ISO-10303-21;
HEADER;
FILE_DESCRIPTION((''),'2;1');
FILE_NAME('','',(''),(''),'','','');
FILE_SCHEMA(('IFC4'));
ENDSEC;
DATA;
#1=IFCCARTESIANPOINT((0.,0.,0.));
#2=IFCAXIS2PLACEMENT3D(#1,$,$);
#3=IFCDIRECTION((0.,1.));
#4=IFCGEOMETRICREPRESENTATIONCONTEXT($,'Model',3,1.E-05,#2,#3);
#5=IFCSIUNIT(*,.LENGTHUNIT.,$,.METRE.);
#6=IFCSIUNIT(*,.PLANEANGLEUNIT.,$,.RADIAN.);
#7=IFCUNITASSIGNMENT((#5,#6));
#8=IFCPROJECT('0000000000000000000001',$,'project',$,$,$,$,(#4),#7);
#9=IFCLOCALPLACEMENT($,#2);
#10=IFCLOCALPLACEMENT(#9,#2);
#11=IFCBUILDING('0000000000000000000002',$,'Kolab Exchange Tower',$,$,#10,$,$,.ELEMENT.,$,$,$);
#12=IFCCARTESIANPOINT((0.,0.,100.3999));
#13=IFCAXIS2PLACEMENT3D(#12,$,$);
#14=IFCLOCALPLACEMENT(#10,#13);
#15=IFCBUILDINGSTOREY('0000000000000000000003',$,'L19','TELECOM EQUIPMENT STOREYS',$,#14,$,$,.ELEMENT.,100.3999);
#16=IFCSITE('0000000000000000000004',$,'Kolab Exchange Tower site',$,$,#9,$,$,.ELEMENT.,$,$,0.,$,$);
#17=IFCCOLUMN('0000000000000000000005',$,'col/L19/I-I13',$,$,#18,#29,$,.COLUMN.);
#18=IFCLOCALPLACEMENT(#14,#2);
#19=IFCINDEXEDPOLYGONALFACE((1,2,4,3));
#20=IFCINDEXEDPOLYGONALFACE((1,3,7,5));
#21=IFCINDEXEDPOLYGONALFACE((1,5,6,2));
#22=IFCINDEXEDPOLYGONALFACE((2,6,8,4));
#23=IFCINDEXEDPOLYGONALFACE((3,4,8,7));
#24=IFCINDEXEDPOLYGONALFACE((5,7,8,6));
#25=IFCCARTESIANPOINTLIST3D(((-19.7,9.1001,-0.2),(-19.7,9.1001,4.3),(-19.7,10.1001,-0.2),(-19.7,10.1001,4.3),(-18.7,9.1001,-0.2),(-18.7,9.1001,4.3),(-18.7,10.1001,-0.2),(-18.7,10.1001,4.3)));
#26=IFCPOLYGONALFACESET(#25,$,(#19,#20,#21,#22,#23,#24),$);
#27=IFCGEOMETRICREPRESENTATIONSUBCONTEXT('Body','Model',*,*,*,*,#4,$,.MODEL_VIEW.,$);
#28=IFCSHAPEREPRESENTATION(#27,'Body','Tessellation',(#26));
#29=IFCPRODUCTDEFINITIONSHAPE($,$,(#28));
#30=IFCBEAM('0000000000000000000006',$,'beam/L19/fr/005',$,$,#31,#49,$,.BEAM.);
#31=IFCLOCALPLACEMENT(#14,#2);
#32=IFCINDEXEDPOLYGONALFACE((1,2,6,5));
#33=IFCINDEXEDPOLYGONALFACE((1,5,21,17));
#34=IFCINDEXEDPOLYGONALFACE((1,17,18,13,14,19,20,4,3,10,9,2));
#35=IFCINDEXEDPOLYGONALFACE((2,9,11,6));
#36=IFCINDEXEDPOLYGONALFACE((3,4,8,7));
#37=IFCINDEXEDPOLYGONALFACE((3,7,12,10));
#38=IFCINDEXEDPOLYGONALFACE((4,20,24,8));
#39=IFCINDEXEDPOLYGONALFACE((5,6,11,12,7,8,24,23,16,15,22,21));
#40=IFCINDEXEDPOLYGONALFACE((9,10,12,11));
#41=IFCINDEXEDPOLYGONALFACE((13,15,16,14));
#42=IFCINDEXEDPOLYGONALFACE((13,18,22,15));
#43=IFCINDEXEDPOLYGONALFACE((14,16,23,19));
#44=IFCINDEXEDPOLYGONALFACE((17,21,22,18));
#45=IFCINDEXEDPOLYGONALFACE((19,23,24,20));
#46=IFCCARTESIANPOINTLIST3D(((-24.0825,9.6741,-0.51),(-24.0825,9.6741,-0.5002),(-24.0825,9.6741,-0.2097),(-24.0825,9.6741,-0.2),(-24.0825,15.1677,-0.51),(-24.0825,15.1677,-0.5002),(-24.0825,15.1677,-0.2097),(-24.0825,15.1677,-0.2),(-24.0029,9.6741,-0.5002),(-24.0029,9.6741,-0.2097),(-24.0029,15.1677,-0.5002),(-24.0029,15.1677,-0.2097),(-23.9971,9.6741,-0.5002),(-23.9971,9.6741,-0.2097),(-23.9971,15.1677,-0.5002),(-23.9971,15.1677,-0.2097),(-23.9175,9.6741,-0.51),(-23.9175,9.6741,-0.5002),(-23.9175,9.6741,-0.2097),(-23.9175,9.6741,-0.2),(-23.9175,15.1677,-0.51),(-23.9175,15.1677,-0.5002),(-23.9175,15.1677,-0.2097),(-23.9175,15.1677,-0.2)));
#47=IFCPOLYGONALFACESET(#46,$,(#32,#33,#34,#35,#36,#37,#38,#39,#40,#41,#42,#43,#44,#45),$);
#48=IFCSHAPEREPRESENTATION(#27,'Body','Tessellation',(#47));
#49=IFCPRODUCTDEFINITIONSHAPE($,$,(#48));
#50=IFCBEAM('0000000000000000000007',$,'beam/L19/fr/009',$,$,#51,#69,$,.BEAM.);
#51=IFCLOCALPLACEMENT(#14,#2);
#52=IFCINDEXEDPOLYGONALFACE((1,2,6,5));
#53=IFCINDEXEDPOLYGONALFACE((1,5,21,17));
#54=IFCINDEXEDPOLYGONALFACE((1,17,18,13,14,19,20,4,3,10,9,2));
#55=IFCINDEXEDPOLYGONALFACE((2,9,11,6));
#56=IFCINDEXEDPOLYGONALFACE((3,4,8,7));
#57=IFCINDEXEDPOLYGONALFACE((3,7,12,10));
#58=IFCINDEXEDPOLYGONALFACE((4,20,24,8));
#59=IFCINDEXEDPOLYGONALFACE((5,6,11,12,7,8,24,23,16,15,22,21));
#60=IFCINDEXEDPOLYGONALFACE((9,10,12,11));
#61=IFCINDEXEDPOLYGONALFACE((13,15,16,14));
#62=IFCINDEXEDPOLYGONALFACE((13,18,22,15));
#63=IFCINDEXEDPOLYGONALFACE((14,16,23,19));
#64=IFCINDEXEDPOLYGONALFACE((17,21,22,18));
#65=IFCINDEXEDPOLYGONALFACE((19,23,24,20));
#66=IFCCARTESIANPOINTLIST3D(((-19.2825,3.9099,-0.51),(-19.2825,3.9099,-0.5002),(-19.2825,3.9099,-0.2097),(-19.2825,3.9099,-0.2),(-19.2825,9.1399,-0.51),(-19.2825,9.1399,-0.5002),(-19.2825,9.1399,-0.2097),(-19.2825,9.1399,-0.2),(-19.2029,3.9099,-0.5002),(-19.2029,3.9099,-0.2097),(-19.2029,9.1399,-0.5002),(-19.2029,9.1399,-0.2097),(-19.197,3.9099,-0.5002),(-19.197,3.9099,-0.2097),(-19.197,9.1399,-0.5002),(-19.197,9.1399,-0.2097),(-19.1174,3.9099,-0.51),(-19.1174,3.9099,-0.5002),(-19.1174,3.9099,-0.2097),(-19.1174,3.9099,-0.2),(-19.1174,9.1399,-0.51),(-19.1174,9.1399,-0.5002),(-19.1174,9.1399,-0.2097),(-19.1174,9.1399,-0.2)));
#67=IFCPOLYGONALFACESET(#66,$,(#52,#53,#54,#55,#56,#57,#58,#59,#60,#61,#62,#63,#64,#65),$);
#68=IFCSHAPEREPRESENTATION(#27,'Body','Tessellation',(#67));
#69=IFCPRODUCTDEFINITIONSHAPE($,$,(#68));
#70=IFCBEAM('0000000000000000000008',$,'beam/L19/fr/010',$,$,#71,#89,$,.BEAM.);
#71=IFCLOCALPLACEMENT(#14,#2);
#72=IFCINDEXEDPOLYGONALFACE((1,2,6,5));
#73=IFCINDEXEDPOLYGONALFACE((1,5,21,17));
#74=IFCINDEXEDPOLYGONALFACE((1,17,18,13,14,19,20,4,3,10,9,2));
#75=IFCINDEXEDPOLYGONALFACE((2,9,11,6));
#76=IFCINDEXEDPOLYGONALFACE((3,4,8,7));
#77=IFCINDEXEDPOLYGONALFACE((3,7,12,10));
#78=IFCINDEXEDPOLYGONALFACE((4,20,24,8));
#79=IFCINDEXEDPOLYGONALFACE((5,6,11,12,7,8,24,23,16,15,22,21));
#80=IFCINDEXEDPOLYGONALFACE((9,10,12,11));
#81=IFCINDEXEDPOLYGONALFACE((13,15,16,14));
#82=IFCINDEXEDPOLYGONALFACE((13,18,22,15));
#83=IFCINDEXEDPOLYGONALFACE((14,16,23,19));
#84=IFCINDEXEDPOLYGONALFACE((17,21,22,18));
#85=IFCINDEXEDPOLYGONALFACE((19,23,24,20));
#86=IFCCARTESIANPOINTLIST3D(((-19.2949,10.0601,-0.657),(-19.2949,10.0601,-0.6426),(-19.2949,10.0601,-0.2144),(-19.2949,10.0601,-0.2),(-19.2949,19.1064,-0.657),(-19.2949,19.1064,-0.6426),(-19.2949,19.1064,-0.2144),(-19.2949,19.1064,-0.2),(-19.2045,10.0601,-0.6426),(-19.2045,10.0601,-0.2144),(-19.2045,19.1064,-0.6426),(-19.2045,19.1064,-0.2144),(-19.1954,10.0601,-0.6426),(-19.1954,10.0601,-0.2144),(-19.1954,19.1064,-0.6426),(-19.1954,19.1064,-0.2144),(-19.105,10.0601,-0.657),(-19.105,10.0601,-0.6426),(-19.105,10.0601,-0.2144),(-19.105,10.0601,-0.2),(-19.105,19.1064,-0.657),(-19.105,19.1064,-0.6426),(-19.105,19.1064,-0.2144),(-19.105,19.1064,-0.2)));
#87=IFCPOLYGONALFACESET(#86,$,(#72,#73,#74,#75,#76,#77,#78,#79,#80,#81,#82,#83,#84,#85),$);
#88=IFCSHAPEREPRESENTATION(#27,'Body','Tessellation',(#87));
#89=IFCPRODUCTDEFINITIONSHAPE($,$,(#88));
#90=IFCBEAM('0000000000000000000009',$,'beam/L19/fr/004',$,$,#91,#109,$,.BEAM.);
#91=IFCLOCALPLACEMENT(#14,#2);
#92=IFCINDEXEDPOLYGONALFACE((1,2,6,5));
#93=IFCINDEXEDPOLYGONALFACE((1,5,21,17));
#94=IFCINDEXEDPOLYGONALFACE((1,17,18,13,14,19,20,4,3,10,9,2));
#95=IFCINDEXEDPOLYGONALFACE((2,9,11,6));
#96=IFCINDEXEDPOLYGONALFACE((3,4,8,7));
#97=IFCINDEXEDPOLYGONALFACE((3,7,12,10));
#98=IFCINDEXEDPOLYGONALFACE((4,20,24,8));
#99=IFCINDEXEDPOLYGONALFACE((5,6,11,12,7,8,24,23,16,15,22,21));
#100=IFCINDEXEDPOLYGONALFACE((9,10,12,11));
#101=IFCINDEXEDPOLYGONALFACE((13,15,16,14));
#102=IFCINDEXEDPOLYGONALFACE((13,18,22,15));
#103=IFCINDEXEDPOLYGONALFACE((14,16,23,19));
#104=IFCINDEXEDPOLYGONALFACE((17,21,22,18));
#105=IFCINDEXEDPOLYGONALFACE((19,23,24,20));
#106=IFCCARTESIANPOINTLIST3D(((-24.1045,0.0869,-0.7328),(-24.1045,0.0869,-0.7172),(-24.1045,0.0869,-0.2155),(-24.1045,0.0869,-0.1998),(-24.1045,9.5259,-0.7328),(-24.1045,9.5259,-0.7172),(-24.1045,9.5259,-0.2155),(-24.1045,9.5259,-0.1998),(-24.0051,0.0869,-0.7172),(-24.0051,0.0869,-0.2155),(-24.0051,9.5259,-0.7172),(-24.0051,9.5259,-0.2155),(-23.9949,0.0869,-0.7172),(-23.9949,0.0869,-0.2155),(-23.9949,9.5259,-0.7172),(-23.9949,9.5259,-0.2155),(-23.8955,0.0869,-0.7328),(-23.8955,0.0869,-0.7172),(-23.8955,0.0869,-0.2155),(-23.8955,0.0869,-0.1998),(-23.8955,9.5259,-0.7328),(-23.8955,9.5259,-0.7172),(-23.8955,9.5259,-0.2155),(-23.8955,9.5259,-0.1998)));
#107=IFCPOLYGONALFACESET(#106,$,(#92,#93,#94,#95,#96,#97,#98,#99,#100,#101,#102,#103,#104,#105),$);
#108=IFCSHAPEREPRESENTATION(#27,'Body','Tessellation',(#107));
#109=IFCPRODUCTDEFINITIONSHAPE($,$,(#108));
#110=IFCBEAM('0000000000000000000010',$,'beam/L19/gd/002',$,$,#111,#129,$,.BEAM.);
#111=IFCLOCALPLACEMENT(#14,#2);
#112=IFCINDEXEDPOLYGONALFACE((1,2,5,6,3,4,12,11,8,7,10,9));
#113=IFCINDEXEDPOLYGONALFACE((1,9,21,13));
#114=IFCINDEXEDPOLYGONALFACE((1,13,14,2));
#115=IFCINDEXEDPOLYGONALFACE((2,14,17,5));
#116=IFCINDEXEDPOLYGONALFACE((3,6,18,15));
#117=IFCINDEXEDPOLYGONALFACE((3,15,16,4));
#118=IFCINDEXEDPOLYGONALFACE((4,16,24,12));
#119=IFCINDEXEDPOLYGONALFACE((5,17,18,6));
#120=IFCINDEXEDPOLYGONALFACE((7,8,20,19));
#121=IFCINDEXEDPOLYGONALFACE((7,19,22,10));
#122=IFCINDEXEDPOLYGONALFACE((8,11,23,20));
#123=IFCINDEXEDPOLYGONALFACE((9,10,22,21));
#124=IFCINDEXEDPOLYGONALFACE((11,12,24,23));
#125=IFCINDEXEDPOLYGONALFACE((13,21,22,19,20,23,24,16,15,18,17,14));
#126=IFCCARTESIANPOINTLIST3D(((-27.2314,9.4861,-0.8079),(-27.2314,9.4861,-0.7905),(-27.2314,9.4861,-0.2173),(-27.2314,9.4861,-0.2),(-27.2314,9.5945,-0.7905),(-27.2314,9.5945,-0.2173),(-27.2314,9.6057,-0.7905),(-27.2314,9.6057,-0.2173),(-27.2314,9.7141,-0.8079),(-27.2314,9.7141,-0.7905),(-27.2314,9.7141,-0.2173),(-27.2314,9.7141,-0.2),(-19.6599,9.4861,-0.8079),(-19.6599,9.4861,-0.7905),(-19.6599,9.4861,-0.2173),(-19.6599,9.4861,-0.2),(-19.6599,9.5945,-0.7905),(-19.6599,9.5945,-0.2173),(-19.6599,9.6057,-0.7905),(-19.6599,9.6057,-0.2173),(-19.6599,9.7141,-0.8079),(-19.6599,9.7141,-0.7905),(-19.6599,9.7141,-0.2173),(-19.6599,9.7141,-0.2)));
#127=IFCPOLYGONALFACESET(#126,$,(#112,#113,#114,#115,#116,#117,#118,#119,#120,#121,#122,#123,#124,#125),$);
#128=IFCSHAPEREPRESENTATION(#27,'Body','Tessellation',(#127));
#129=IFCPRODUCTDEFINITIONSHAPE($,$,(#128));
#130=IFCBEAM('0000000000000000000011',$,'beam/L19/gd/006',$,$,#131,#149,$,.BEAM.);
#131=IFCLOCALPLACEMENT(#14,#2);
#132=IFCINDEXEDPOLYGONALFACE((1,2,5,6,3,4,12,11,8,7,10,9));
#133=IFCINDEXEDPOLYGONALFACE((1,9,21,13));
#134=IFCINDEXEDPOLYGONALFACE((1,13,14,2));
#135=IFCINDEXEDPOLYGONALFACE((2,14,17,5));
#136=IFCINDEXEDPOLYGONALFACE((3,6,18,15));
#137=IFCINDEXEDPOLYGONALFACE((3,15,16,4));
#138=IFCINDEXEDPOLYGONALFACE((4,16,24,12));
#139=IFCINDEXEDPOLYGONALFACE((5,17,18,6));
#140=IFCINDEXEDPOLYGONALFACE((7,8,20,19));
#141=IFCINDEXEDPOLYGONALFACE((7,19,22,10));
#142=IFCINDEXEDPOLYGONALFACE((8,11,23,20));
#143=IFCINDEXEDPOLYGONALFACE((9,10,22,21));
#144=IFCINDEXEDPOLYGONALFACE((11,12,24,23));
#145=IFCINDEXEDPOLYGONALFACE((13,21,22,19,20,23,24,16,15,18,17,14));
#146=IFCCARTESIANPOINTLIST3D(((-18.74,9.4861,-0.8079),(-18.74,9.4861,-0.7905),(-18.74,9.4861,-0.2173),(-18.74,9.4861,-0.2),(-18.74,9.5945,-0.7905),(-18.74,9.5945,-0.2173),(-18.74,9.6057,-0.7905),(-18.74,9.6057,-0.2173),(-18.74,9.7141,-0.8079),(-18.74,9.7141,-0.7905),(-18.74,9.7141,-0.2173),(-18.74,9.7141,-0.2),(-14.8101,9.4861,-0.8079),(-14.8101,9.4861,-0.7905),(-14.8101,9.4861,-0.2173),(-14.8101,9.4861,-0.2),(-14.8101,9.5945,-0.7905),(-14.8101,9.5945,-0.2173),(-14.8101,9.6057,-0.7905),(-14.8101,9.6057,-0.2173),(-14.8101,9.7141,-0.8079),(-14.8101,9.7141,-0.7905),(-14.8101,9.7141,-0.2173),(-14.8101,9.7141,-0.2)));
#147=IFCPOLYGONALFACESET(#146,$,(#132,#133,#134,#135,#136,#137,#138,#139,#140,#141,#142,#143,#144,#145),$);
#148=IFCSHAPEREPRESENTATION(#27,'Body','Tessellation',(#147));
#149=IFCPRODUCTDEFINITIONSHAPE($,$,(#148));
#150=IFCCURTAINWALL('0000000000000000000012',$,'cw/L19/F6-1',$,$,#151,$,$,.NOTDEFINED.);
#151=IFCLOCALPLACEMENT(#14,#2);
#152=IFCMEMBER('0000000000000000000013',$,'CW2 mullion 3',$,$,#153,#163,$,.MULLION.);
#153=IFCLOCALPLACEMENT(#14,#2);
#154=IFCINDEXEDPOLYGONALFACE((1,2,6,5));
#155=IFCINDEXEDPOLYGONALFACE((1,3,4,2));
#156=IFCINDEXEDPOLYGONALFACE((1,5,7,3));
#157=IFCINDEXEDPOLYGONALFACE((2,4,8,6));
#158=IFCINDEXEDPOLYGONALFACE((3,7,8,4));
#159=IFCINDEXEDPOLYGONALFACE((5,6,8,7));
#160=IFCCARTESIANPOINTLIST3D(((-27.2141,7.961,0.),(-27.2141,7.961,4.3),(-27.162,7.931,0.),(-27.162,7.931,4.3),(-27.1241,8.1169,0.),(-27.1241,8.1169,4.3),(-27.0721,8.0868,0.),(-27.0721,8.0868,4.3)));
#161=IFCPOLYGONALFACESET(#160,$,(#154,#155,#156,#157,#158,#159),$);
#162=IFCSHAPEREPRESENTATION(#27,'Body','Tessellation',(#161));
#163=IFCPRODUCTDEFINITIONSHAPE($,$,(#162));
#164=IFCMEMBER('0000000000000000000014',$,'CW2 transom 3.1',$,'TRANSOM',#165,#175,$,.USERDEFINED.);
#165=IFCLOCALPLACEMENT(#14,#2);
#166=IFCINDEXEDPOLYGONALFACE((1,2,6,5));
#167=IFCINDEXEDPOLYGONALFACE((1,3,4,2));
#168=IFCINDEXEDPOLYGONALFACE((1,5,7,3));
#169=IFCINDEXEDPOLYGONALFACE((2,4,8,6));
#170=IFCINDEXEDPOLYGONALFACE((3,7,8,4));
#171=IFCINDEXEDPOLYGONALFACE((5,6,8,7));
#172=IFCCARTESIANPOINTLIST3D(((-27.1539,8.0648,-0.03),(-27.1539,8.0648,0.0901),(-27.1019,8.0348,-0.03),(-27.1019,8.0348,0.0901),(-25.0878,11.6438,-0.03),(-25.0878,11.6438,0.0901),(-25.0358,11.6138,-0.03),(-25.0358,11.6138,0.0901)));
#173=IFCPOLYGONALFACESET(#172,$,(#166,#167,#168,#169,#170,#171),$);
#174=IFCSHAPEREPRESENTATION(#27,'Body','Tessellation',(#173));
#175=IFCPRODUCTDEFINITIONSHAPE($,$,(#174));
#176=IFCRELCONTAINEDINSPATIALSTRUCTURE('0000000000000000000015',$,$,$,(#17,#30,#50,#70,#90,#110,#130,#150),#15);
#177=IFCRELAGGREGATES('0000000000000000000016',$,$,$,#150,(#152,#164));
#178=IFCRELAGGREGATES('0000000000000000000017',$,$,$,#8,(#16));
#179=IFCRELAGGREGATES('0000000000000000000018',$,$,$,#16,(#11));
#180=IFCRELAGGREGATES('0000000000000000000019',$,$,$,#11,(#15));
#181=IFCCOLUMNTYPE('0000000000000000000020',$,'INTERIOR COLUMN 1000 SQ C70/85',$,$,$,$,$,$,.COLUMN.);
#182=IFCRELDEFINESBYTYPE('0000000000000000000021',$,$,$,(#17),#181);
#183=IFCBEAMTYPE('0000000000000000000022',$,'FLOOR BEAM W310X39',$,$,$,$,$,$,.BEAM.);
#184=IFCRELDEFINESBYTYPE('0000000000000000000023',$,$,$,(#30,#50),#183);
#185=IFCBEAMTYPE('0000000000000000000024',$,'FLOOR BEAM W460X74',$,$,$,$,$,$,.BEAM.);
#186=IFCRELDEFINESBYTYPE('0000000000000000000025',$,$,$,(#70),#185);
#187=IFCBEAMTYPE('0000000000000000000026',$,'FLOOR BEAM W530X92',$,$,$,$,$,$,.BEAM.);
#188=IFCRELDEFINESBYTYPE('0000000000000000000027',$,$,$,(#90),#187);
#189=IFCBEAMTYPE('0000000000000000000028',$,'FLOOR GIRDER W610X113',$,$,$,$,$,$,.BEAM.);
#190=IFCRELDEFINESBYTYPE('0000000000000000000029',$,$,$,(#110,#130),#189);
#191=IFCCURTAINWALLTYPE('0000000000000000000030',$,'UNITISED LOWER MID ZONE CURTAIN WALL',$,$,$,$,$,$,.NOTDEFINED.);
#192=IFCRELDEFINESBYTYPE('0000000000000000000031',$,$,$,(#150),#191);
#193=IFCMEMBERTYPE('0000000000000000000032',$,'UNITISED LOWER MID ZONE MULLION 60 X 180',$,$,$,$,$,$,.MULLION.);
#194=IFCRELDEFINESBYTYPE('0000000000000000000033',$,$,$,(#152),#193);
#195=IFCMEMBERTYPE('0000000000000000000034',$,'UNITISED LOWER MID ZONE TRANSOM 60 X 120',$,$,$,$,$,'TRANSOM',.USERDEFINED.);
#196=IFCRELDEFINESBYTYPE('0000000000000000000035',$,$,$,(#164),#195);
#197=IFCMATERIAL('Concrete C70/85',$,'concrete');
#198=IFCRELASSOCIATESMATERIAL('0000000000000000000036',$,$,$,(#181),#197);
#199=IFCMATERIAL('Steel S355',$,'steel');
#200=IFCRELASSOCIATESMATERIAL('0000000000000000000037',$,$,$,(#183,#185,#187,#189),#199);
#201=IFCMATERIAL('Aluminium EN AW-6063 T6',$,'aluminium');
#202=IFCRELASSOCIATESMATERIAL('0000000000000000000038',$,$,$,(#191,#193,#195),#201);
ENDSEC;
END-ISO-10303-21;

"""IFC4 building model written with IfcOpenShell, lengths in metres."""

from ifc_helpers import new_model, si_unit, direction, frame, origin, origin_2d, place, context, subcontext, project, spatial, rectangle, i_section, extrude, material, material_profile, profile_set, type_object, element, aggregate, save


model = new_model("IFC4")

# Units and contexts
model_context = context("Model", 3, precision=1e-05, world=origin(), true_north=direction((0.0, 1.0)))
body_context = subcontext(model_context, "Body", "Model", "MODEL_VIEW")
ifc_project = project(units=[si_unit("LENGTHUNIT", "METRE"), si_unit("PLANEANGLEUNIT", "RADIAN")], contexts=[model_context])

# Site, building, storey
site_placement = place(None, origin())
site = spatial("IfcSite", under=ifc_project, at=site_placement, Name="Kolab Exchange Tower site", CompositionType="ELEMENT", RefElevation=0.0)
building_placement = place(site_placement, origin())
building = spatial("IfcBuilding", under=site, at=building_placement, Name="Kolab Exchange Tower", CompositionType="ELEMENT")
storey_placement = place(building_placement, frame((0.0, 0.0, 100.3999)))
storey = spatial("IfcBuildingStorey", under=building, at=storey_placement, Name="L19", Description="TELECOM EQUIPMENT STOREYS", CompositionType="ELEMENT", Elevation=100.3999)

# Column
ifc_material_1 = material(Name="Concrete C70/85", Category="concrete")
ifc_material_profile_1 = material_profile(ifc_material_1, rectangle(XDim=1.0, YDim=1.0, at=origin_2d()), Name="RC1000")
ifc_profile_set_1 = profile_set([ifc_material_profile_1], Name="Concrete C70/85")
column_type = type_object("IfcColumnType", Name="INTERIOR COLUMN 1000 SQ C70/85", PredefinedType="COLUMN", material=ifc_profile_set_1)
column_placement = place(storey_placement, frame((-19.2, 9.6001, -0.2), z_axis=(0.0, 0.0, 1.0), x_axis=(1.0, 0.0, 0.0)))
element("IfcColumn", 1, at=column_placement, inside=storey, type_object=column_type, Name="col/L19/I-I13", PredefinedType="COLUMN", context=body_context, shape_type="SweptSolid", body=[
    extrude(rectangle(XDim=1.0, YDim=1.0, at=origin_2d()), origin(), (0.0, 0.0, 1.0), 4.5),
])

# Beams
ifc_material_2 = material(Name="Steel S355", Category="steel")
ifc_material_profile_2 = material_profile(ifc_material_2, i_section(OverallWidth=0.165, OverallDepth=0.3101, WebThickness=0.0059, FlangeThickness=0.0098, at=origin_2d()), Name="W310X39")
ifc_profile_set_2 = profile_set([ifc_material_profile_2], Name="Steel S355")
beam_type_1 = type_object("IfcBeamType", Name="FLOOR BEAM W310X39", PredefinedType="BEAM", material=ifc_profile_set_2)
beam_1_placement = place(storey_placement, frame((-24.0, 9.6741, -0.355), z_axis=(0.0, 1.0, 0.0), x_axis=(-1.0, 0.0, 0.0)))
element("IfcBeam", 2, at=beam_1_placement, inside=storey, type_object=beam_type_1, Name="beam/L19/fr/005", PredefinedType="BEAM", context=body_context, shape_type="SweptSolid", body=[
    extrude(i_section(OverallWidth=0.165, OverallDepth=0.3101, WebThickness=0.0059, FlangeThickness=0.0098, at=origin_2d()), origin(), (0.0, 0.0, 1.0), 5.4937),
])
beam_2_placement = place(storey_placement, frame((-19.2, 3.9099, -0.355), z_axis=(0.0, 1.0, 0.0), x_axis=(-1.0, 0.0, 0.0)))
element("IfcBeam", 3, at=beam_2_placement, inside=storey, type_object=beam_type_1, Name="beam/L19/fr/009", PredefinedType="BEAM", context=body_context, shape_type="SweptSolid", body=[
    extrude(i_section(OverallWidth=0.165, OverallDepth=0.3101, WebThickness=0.0059, FlangeThickness=0.0098, at=origin_2d()), origin(), (0.0, 0.0, 1.0), 5.23),
])
ifc_material_profile_3 = material_profile(ifc_material_2, i_section(OverallWidth=0.1899, OverallDepth=0.457, WebThickness=0.009, FlangeThickness=0.0144, at=origin_2d()), Name="W460X74")
ifc_profile_set_3 = profile_set([ifc_material_profile_3], Name="Steel S355")
beam_type_2 = type_object("IfcBeamType", Name="FLOOR BEAM W460X74", PredefinedType="BEAM", material=ifc_profile_set_3)
beam_3_placement = place(storey_placement, frame((-19.2, 10.0601, -0.4285), z_axis=(0.0, 1.0, 0.0), x_axis=(-1.0, 0.0, 0.0)))
element("IfcBeam", 4, at=beam_3_placement, inside=storey, type_object=beam_type_2, Name="beam/L19/fr/010", PredefinedType="BEAM", context=body_context, shape_type="SweptSolid", body=[
    extrude(i_section(OverallWidth=0.1899, OverallDepth=0.457, WebThickness=0.009, FlangeThickness=0.0144, at=origin_2d()), origin(), (0.0, 0.0, 1.0), 9.0464),
])
ifc_material_profile_4 = material_profile(ifc_material_2, i_section(OverallWidth=0.209, OverallDepth=0.533, WebThickness=0.0103, FlangeThickness=0.0156, at=origin_2d()), Name="W530X92")
ifc_profile_set_4 = profile_set([ifc_material_profile_4], Name="Steel S355")
beam_type_3 = type_object("IfcBeamType", Name="FLOOR BEAM W530X92", PredefinedType="BEAM", material=ifc_profile_set_4)
beam_4_placement = place(storey_placement, frame((-24.0, 0.0869, -0.4663), z_axis=(0.0, 1.0, 0.0), x_axis=(-1.0, 0.0, 0.0)))
element("IfcBeam", 5, at=beam_4_placement, inside=storey, type_object=beam_type_3, Name="beam/L19/fr/004", PredefinedType="BEAM", context=body_context, shape_type="SweptSolid", body=[
    extrude(i_section(OverallWidth=0.209, OverallDepth=0.533, WebThickness=0.0103, FlangeThickness=0.0156, at=origin_2d()), origin(), (0.0, 0.0, 1.0), 9.439),
])
ifc_material_profile_5 = material_profile(ifc_material_2, i_section(OverallWidth=0.228, OverallDepth=0.6079, WebThickness=0.0112, FlangeThickness=0.0173, at=origin_2d()), Name="W610X113")
ifc_profile_set_5 = profile_set([ifc_material_profile_5], Name="Steel S355")
beam_type_4 = type_object("IfcBeamType", Name="FLOOR GIRDER W610X113", PredefinedType="BEAM", material=ifc_profile_set_5)
beam_5_placement = place(storey_placement, frame((-27.2314, 9.6001, -0.5039), z_axis=(1.0, 0.0, 0.0), x_axis=(0.0, 1.0, 0.0)))
element("IfcBeam", 6, at=beam_5_placement, inside=storey, type_object=beam_type_4, Name="beam/L19/gd/002", PredefinedType="BEAM", context=body_context, shape_type="SweptSolid", body=[
    extrude(i_section(OverallWidth=0.228, OverallDepth=0.6079, WebThickness=0.0112, FlangeThickness=0.0173, at=origin_2d()), origin(), (0.0, 0.0, 1.0), 7.5715),
])
beam_6_placement = place(storey_placement, frame((-18.74, 9.6001, -0.5039), z_axis=(1.0, 0.0, 0.0), x_axis=(0.0, 1.0, 0.0)))
element("IfcBeam", 7, at=beam_6_placement, inside=storey, type_object=beam_type_4, Name="beam/L19/gd/006", PredefinedType="BEAM", context=body_context, shape_type="SweptSolid", body=[
    extrude(i_section(OverallWidth=0.228, OverallDepth=0.6079, WebThickness=0.0112, FlangeThickness=0.0173, at=origin_2d()), origin(), (0.0, 0.0, 1.0), 3.9299),
])

# Curtain wall, members
ifc_material_3 = material(Name="Aluminium EN AW-6063 T6", Category="aluminium")
curtain_wall_type = type_object("IfcCurtainWallType", Name="UNITISED LOWER MID ZONE CURTAIN WALL", PredefinedType="NOTDEFINED", material=ifc_material_3)
curtain_wall_placement = place(storey_placement, origin())
curtain_wall = element("IfcCurtainWall", 8, at=curtain_wall_placement, inside=storey, type_object=curtain_wall_type, Name="cw/L19/F6-1", PredefinedType="NOTDEFINED")
ifc_material_profile_6 = material_profile(ifc_material_3, rectangle(XDim=0.0601, YDim=0.1799, at=origin_2d()), Name="RECT 60X180")
ifc_profile_set_6 = profile_set([ifc_material_profile_6], Name="Aluminium EN AW-6063 T6")
member_type_1 = type_object("IfcMemberType", Name="UNITISED LOWER MID ZONE MULLION 60 X 180", PredefinedType="MULLION", material=ifc_profile_set_6)
member_1_placement = place(storey_placement, frame((-27.1431, 8.0239, 0.0), z_axis=(0.0, 0.0, 1.0), x_axis=(-0.866025, 0.5, 0.0)))
member_1 = element("IfcMember", 9, at=member_1_placement, type_object=member_type_1, Name="CW2 mullion 3", PredefinedType="MULLION", context=body_context, shape_type="SweptSolid", body=[
    extrude(rectangle(XDim=0.0601, YDim=0.1799, at=origin_2d()), origin(), (0.0, 0.0, 1.0), 4.3),
])
ifc_material_profile_7 = material_profile(ifc_material_3, rectangle(XDim=0.0601, YDim=0.1201, at=origin_2d()), Name="RECT 60X120")
ifc_profile_set_7 = profile_set([ifc_material_profile_7], Name="Aluminium EN AW-6063 T6")
member_type_2 = type_object("IfcMemberType", Name="UNITISED LOWER MID ZONE TRANSOM 60 X 120", ElementType="TRANSOM", PredefinedType="USERDEFINED", material=ifc_profile_set_7)
member_2_placement = place(storey_placement, frame((-27.1279, 8.0498, 0.03), z_axis=(0.499958, 0.86605, 0.0), x_axis=(-0.86605, 0.499958, 0.0)))
member_2 = element("IfcMember", 10, at=member_2_placement, type_object=member_type_2, Name="CW2 transom 3.1", ObjectType="TRANSOM", PredefinedType="USERDEFINED", context=body_context, shape_type="SweptSolid", body=[
    extrude(rectangle(XDim=0.0601, YDim=0.1201, at=origin_2d()), origin(), (0.0, 0.0, 1.0), 4.1326),
])
aggregate(curtain_wall, [member_1, member_2])

save(model, "model.ifc")
